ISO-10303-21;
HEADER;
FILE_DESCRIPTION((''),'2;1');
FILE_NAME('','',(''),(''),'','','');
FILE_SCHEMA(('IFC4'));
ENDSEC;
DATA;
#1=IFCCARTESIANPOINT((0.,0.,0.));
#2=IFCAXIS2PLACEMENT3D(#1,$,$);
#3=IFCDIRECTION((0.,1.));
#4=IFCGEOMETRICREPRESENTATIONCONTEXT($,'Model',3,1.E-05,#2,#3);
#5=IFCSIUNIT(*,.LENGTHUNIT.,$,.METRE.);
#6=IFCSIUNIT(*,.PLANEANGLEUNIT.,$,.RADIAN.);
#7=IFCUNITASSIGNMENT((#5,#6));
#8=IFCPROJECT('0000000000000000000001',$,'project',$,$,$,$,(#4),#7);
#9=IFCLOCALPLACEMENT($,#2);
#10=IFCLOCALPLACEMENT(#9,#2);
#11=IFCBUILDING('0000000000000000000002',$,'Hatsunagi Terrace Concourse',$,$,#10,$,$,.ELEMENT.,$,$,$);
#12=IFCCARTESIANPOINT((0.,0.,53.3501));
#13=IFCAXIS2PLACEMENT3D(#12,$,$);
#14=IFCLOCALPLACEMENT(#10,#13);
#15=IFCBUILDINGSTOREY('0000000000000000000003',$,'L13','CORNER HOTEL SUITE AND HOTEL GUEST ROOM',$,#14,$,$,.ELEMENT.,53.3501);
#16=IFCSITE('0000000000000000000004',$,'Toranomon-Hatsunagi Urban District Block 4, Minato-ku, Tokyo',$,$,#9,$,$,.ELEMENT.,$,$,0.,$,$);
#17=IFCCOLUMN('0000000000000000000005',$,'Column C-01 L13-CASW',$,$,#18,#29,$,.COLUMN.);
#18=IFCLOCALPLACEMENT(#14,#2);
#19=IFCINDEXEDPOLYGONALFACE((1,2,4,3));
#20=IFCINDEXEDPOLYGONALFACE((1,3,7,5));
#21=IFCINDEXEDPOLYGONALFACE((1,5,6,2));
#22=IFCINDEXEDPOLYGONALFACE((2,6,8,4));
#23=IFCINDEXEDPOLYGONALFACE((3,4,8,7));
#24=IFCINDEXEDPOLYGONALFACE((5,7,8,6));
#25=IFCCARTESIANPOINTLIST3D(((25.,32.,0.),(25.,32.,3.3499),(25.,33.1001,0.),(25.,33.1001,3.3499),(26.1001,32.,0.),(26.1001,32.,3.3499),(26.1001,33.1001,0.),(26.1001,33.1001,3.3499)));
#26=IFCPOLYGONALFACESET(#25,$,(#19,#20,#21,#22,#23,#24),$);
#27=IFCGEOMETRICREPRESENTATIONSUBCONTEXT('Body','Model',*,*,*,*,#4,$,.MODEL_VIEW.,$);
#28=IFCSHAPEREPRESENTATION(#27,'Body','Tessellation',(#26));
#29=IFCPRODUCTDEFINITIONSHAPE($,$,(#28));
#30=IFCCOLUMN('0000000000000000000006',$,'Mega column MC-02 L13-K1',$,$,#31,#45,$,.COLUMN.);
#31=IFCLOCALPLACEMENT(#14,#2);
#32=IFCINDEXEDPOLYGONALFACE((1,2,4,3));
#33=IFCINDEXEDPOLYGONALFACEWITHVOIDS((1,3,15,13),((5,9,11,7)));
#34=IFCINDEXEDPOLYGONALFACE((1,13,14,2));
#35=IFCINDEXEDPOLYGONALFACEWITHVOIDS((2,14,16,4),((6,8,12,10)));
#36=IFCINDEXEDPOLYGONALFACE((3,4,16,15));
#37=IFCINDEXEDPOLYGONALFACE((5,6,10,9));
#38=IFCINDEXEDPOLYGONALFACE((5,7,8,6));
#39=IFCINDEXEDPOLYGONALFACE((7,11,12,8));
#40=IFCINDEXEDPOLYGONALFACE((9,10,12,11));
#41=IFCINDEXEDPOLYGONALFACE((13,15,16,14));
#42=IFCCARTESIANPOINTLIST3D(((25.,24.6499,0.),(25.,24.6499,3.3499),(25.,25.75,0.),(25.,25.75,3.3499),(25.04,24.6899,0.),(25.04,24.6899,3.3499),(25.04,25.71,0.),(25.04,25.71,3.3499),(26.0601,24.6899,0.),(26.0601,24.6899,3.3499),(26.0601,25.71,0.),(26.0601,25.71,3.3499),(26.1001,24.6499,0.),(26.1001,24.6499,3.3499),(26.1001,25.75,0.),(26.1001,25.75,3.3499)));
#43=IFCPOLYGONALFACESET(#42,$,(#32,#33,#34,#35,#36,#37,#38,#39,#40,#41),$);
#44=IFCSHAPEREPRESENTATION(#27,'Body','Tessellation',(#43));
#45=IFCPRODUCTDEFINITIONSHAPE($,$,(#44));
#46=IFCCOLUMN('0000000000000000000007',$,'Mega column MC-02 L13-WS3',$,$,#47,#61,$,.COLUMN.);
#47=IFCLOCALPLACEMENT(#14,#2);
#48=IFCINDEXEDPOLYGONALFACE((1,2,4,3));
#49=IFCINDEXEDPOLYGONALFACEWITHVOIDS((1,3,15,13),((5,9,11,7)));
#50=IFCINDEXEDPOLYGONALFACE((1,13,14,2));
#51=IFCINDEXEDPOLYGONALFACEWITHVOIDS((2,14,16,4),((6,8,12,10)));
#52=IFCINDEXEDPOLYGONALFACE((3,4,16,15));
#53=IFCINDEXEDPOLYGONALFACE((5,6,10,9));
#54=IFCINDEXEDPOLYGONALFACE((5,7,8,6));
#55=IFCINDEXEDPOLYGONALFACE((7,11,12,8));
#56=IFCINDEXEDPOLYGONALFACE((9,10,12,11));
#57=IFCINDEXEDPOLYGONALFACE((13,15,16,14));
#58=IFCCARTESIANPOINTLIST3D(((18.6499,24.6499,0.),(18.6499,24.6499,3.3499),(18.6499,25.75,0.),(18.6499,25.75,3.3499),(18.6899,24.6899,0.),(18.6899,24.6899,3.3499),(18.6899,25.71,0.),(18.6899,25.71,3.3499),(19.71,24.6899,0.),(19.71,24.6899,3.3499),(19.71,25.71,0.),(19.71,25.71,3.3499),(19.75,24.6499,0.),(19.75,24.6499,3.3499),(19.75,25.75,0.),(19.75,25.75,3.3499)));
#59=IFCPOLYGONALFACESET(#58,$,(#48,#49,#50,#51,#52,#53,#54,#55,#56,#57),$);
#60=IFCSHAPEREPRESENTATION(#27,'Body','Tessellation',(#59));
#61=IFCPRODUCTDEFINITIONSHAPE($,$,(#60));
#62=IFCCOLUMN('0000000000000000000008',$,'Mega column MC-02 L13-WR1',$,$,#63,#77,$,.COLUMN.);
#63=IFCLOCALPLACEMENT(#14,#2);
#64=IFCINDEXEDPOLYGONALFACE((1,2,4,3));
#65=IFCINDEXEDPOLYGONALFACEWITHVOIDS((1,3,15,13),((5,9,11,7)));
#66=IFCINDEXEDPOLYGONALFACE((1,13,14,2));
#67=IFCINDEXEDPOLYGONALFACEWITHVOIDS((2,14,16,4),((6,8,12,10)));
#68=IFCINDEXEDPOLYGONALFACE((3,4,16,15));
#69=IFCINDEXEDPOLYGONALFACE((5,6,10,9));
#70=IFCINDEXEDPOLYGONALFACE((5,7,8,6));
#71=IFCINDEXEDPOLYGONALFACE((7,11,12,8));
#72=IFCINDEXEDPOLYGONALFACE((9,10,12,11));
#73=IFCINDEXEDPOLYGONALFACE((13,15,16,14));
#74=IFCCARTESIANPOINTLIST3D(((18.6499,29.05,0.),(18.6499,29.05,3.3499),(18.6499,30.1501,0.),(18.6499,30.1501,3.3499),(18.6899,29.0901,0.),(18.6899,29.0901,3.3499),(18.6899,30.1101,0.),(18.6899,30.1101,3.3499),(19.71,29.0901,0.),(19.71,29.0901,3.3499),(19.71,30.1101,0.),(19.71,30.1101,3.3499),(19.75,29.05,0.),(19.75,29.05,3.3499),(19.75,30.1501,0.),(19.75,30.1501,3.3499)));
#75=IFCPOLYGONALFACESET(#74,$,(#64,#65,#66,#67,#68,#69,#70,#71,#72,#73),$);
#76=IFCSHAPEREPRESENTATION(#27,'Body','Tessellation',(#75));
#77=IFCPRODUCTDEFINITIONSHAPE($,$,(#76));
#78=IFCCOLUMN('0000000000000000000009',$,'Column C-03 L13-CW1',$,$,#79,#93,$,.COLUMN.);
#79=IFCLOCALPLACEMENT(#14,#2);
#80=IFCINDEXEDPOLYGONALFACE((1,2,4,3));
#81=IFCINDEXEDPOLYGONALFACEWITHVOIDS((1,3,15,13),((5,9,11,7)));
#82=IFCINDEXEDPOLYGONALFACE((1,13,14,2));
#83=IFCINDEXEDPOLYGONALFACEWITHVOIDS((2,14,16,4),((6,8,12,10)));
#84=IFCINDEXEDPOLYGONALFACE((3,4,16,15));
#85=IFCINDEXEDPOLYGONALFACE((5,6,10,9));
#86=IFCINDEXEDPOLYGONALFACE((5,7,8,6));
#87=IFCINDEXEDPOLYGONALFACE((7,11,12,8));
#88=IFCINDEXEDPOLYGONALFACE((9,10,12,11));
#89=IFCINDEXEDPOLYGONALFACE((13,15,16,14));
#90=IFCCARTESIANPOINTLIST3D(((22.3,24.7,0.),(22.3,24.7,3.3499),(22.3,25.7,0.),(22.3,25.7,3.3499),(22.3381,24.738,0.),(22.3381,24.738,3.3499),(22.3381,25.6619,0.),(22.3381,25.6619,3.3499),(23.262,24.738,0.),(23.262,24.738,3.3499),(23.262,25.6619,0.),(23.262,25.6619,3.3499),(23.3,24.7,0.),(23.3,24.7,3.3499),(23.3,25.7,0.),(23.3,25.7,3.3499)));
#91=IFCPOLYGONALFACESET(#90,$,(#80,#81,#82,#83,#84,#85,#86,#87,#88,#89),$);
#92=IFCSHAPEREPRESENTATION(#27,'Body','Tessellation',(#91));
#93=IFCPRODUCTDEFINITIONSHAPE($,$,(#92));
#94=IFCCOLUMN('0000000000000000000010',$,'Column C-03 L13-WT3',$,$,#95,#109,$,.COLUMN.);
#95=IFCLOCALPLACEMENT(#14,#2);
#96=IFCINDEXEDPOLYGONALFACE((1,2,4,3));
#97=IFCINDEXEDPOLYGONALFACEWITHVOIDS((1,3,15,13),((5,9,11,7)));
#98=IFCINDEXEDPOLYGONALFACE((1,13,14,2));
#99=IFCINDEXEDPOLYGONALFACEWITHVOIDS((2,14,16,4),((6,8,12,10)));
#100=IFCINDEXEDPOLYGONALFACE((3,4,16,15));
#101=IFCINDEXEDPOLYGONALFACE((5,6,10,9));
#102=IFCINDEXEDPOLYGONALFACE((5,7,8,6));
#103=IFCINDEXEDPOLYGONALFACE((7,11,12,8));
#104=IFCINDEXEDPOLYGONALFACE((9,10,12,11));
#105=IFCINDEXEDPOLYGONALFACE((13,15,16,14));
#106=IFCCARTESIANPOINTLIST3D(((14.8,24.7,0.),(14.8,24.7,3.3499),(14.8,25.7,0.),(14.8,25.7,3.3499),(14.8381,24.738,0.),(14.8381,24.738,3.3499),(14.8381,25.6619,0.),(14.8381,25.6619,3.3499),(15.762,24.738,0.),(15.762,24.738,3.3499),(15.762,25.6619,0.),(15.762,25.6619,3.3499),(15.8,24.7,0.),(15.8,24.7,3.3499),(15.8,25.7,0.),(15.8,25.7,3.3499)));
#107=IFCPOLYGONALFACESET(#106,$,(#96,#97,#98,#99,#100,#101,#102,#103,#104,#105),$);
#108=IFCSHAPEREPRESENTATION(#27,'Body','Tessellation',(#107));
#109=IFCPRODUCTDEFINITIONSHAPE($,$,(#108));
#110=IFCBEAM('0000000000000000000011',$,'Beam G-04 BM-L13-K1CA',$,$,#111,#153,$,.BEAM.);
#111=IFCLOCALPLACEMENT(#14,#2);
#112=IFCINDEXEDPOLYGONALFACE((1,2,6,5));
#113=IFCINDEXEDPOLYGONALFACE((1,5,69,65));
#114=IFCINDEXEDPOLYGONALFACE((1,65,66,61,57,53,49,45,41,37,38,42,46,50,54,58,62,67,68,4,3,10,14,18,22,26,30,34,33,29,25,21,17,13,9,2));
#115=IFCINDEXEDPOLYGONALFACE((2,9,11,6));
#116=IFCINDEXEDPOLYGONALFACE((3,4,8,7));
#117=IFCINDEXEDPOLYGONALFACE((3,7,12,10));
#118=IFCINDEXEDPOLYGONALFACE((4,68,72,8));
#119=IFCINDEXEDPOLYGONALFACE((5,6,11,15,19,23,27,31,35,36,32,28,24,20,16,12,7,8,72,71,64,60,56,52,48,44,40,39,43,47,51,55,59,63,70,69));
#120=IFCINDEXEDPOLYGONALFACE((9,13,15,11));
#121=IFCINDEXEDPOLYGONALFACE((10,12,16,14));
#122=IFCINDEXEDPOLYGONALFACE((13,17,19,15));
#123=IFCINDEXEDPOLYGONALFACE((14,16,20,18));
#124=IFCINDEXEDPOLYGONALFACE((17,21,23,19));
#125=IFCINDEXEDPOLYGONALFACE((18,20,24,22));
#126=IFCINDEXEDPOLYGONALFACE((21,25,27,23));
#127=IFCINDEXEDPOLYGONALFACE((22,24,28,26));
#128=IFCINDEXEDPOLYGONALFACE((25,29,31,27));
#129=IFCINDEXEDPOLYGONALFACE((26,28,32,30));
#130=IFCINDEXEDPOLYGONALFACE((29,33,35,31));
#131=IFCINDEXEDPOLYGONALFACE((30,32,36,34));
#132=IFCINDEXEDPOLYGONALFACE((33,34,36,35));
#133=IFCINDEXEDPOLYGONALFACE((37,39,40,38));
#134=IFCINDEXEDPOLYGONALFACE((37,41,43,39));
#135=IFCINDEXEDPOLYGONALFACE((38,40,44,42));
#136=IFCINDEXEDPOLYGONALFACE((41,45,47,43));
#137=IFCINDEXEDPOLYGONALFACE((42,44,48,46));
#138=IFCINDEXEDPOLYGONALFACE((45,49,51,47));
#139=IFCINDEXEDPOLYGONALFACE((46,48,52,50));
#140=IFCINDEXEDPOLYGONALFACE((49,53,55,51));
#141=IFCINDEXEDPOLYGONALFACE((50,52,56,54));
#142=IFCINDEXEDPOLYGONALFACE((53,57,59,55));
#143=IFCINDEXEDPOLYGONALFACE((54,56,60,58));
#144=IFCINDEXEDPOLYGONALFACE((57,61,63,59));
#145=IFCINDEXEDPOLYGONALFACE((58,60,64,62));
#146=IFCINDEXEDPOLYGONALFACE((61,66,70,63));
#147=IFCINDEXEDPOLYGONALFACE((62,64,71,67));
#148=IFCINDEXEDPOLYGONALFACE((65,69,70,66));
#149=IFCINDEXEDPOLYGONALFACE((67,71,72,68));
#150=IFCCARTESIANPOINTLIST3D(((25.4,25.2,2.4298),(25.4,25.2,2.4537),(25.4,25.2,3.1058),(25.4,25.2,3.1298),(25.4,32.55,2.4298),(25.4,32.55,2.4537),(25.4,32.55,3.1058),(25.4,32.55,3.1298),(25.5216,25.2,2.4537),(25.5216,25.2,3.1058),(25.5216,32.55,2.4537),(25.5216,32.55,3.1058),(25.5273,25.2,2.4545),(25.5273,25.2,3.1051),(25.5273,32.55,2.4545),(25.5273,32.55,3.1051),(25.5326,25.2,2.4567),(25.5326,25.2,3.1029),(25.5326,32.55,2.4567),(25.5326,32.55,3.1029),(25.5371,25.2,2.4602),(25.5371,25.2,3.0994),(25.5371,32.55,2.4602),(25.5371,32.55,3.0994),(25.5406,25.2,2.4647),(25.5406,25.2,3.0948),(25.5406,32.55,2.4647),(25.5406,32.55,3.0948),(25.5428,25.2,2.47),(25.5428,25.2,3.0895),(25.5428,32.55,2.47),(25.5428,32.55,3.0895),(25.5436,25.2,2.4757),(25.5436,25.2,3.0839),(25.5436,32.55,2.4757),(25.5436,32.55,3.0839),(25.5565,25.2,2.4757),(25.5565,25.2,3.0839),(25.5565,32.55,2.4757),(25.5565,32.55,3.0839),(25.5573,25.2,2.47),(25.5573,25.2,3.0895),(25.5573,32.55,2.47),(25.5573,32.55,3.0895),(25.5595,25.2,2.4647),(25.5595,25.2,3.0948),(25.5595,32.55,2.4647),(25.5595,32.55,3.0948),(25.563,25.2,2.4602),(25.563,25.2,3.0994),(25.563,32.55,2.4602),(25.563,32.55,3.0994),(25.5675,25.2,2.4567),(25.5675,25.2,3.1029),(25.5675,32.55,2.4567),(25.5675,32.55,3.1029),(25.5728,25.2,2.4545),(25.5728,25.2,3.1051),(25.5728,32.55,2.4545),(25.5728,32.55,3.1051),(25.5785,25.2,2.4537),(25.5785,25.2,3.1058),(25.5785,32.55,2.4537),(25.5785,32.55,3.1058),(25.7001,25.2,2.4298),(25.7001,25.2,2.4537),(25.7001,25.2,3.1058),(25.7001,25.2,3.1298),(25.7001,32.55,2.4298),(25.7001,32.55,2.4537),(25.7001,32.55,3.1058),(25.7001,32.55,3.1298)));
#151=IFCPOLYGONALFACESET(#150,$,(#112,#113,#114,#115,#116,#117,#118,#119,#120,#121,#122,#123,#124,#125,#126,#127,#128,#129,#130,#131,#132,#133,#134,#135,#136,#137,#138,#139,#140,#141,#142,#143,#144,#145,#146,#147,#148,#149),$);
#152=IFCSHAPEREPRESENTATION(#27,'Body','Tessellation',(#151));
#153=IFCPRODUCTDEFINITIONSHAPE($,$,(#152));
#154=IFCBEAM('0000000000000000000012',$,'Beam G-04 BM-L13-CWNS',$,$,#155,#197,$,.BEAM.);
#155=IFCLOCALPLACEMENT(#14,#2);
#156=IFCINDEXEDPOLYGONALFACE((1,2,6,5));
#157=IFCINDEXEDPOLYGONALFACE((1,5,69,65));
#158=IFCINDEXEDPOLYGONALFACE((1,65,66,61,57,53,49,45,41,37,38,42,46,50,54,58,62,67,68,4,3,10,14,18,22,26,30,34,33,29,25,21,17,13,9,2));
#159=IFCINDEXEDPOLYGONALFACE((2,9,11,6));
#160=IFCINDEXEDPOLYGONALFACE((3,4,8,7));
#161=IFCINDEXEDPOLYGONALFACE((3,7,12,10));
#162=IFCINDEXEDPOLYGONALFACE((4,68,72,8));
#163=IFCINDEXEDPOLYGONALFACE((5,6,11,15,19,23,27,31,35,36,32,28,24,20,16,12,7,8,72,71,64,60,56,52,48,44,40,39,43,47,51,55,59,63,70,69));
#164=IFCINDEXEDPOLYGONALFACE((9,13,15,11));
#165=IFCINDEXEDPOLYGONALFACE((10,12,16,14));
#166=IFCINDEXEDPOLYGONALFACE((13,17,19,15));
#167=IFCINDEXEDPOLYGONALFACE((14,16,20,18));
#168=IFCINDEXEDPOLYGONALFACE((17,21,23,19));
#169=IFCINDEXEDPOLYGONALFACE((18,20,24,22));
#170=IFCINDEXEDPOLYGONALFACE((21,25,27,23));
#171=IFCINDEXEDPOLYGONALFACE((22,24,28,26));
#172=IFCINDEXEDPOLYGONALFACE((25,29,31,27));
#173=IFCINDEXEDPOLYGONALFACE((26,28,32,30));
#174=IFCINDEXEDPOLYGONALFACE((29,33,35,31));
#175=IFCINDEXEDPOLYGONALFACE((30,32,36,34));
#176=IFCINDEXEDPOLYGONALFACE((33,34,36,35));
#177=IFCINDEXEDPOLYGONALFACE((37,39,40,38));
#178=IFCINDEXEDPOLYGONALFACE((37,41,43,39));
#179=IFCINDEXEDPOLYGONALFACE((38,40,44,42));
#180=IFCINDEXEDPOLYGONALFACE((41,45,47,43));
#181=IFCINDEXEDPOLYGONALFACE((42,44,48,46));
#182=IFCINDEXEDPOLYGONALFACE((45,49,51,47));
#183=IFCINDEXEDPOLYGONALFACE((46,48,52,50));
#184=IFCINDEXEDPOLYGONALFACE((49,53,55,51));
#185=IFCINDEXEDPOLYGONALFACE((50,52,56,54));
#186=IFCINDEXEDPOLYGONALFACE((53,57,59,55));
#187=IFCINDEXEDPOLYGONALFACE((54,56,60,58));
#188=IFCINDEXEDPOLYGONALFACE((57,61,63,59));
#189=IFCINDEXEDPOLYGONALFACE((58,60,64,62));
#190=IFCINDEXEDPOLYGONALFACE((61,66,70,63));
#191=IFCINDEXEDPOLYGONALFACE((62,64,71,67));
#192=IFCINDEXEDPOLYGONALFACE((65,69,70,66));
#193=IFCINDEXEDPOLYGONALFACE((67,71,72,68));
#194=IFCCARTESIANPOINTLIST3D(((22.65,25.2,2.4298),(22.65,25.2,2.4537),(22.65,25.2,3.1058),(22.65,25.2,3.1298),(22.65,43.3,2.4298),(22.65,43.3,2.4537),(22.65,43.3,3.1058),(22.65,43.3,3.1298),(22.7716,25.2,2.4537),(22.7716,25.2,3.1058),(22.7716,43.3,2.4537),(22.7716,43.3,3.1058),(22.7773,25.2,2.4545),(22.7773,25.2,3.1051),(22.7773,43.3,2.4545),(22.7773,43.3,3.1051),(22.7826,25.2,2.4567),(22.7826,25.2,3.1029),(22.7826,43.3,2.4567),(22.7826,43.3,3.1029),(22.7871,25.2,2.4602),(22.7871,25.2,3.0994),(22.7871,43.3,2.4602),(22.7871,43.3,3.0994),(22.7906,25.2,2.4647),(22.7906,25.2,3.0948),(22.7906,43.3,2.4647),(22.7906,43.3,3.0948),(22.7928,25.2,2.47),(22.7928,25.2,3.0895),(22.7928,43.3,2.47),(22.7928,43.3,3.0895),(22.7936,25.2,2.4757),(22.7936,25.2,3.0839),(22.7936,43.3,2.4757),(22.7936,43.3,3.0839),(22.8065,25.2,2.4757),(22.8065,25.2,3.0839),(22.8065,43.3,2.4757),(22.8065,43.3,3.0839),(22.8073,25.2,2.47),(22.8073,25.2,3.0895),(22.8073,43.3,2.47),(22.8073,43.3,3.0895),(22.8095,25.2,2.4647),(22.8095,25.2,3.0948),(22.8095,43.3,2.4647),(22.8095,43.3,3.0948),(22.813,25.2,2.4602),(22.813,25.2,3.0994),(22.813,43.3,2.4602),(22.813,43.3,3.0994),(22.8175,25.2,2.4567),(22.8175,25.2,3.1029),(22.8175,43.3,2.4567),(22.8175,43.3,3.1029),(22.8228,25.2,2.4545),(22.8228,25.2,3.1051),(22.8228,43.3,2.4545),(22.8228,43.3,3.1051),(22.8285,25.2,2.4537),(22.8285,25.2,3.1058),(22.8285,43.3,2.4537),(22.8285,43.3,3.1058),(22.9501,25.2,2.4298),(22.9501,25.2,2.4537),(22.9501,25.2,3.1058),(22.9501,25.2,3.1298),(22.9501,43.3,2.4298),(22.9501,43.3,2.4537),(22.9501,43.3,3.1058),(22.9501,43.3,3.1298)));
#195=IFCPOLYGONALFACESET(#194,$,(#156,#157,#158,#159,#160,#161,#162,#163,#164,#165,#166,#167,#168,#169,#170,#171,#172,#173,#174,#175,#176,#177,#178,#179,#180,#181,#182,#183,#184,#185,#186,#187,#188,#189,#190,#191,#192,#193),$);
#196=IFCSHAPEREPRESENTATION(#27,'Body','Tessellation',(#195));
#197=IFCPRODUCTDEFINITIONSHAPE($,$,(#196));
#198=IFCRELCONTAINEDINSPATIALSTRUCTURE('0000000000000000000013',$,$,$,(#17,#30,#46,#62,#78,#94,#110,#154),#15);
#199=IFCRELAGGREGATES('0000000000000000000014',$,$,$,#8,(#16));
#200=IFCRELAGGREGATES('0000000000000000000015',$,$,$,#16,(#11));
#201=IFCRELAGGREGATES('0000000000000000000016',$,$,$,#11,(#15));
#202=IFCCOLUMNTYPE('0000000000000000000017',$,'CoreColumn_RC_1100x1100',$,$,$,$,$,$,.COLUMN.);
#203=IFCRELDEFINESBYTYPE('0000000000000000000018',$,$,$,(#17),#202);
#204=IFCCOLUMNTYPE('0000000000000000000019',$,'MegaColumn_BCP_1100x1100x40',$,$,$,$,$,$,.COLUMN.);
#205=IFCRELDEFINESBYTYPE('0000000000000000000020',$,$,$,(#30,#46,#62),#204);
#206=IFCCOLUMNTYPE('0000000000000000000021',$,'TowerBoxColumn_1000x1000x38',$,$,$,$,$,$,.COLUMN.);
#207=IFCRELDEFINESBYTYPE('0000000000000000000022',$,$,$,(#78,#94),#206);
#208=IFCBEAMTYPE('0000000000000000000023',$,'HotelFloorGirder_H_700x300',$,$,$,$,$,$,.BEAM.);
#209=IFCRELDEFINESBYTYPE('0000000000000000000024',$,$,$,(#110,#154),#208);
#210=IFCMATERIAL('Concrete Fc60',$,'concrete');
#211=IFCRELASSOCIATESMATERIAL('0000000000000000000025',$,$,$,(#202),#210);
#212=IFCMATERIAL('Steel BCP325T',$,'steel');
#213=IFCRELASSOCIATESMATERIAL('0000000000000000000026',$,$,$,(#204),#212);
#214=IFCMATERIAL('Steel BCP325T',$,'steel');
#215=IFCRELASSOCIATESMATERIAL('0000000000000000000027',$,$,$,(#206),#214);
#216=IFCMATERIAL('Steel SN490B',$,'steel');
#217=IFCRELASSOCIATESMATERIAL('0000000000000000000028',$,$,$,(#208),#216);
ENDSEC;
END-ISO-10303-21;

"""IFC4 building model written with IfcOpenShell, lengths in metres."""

from ifc_helpers import new_model, si_unit, direction, frame, origin, origin_2d, place, context, subcontext, project, spatial, rectangle, hollow_rectangle, i_section, extrude, material, material_profile, profile_set, type_object, element, save


model = new_model("IFC4")

# Units and contexts
model_context = context("Model", 3, precision=1e-05, world=origin(), true_north=direction((0.0, 1.0)))
body_context = subcontext(model_context, "Body", "Model", "MODEL_VIEW")
ifc_project = project(units=[si_unit("LENGTHUNIT", "METRE"), si_unit("PLANEANGLEUNIT", "RADIAN")], contexts=[model_context])

# Site, building, storey
site_placement = place(None, origin())
site = spatial("IfcSite", under=ifc_project, at=site_placement, Name="Toranomon-Hatsunagi Urban District Block 4, Minato-ku, Tokyo", CompositionType="ELEMENT", RefElevation=0.0)
building_placement = place(site_placement, origin())
building = spatial("IfcBuilding", under=site, at=building_placement, Name="Hatsunagi Terrace Concourse", CompositionType="ELEMENT")
storey_placement = place(building_placement, frame((0.0, 0.0, 53.3501)))
storey = spatial("IfcBuildingStorey", under=building, at=storey_placement, Name="L13", Description="CORNER HOTEL SUITE AND HOTEL GUEST ROOM", CompositionType="ELEMENT", Elevation=53.3501)

# Columns
ifc_material_1 = material(Name="Concrete Fc60", Category="concrete")
ifc_material_profile_1 = material_profile(ifc_material_1, rectangle(XDim=1.1001, YDim=1.1001, at=origin_2d()), Name="RC-1100x1100")
ifc_profile_set_1 = profile_set([ifc_material_profile_1], Name="Concrete Fc60")
column_type_1 = type_object("IfcColumnType", Name="CoreColumn_RC_1100x1100", PredefinedType="COLUMN", material=ifc_profile_set_1)
column_placement = place(storey_placement, frame((25.55, 32.55, 0.0), z_axis=(0.0, 0.0, 1.0), x_axis=(1.0, 0.0, 0.0)))
element("IfcColumn", 1, at=column_placement, inside=storey, type_object=column_type_1, Name="Column C-01 L13-CASW", PredefinedType="COLUMN", context=body_context, shape_type="SweptSolid", body=[
    extrude(rectangle(XDim=1.1001, YDim=1.1001, at=origin_2d()), origin(), (0.0, 0.0, 1.0), 3.3499),
])
ifc_material_2 = material(Name="Steel BCP325T", Category="steel")
ifc_material_profile_2 = material_profile(ifc_material_2, hollow_rectangle(XDim=1.1001, YDim=1.1001, WallThickness=0.04, at=origin_2d()), Name="BCP-1100x1100x40")
ifc_profile_set_2 = profile_set([ifc_material_profile_2], Name="Steel BCP325T")
column_type_2 = type_object("IfcColumnType", Name="MegaColumn_BCP_1100x1100x40", PredefinedType="COLUMN", material=ifc_profile_set_2)
for number, where, z_axis, x_axis, name in (
    (2, (25.55, 25.2, 0.0), (0.0, 0.0, 1.0), (1.0, 0.0, 0.0), "Mega column MC-02 L13-K1"),
    (3, (19.2, 25.2, 0.0), (0.0, 0.0, 1.0), (1.0, 0.0, 0.0), "Mega column MC-02 L13-WS3"),
    (4, (19.2, 29.6001, 0.0), (0.0, 0.0, 1.0), (1.0, 0.0, 0.0), "Mega column MC-02 L13-WR1"),
):
    element("IfcColumn", number, at=place(storey_placement, frame(where, z_axis=z_axis, x_axis=x_axis)), inside=storey, type_object=column_type_2, Name=name, PredefinedType="COLUMN", context=body_context, shape_type="SweptSolid", body=[
        extrude(hollow_rectangle(XDim=1.1001, YDim=1.1001, WallThickness=0.04, at=origin_2d()), origin(), (0.0, 0.0, 1.0), 3.3499),
    ])
ifc_material_3 = material(Name="Steel BCP325T", Category="steel")
ifc_material_profile_3 = material_profile(ifc_material_3, hollow_rectangle(XDim=1.0, YDim=1.0, WallThickness=0.0381, at=origin_2d()), Name="BCP-1000x1000x38")
ifc_profile_set_3 = profile_set([ifc_material_profile_3], Name="Steel BCP325T")
column_type_3 = type_object("IfcColumnType", Name="TowerBoxColumn_1000x1000x38", PredefinedType="COLUMN", material=ifc_profile_set_3)
for number, where, z_axis, x_axis, name in (
    (5, (22.8, 25.2, 0.0), (0.0, 0.0, 1.0), (1.0, 0.0, 0.0), "Column C-03 L13-CW1"),
    (6, (15.3, 25.2, 0.0), (0.0, 0.0, 1.0), (1.0, 0.0, 0.0), "Column C-03 L13-WT3"),
):
    element("IfcColumn", number, at=place(storey_placement, frame(where, z_axis=z_axis, x_axis=x_axis)), inside=storey, type_object=column_type_3, Name=name, PredefinedType="COLUMN", context=body_context, shape_type="SweptSolid", body=[
        extrude(hollow_rectangle(XDim=1.0, YDim=1.0, WallThickness=0.0381, at=origin_2d()), origin(), (0.0, 0.0, 1.0), 3.3499),
    ])

# Beams
ifc_material_4 = material(Name="Steel SN490B", Category="steel")
ifc_material_profile_4 = material_profile(ifc_material_4, i_section(OverallWidth=0.3, OverallDepth=0.7, WebThickness=0.0129, FlangeThickness=0.0239, FilletRadius=0.022, at=origin_2d()), Name="H-700x300x13x24")
ifc_profile_set_4 = profile_set([ifc_material_profile_4], Name="Steel SN490B")
beam_type_1 = type_object("IfcBeamType", Name="HotelFloorGirder_H_700x300", PredefinedType="BEAM", material=ifc_profile_set_4)
beam_1_placement = place(storey_placement, frame((25.55, 25.2, 2.7798), z_axis=(0.0, 1.0, 0.0), x_axis=(-1.0, 0.0, 0.0)))
element("IfcBeam", 7, at=beam_1_placement, inside=storey, type_object=beam_type_1, Name="Beam G-04 BM-L13-K1CA", PredefinedType="BEAM", context=body_context, shape_type="SweptSolid", body=[
    extrude(i_section(OverallWidth=0.3, OverallDepth=0.7, WebThickness=0.0129, FlangeThickness=0.0239, FilletRadius=0.022, at=origin_2d()), origin(), (0.0, 0.0, 1.0), 7.3501),
])
beam_2_placement = place(storey_placement, frame((22.8, 25.2, 2.7798), z_axis=(0.0, 1.0, 0.0), x_axis=(-1.0, 0.0, 0.0)))
element("IfcBeam", 8, at=beam_2_placement, inside=storey, type_object=beam_type_1, Name="Beam G-04 BM-L13-CWNS", PredefinedType="BEAM", context=body_context, shape_type="SweptSolid", body=[
    extrude(i_section(OverallWidth=0.3, OverallDepth=0.7, WebThickness=0.0129, FlangeThickness=0.0239, FilletRadius=0.022, at=origin_2d()), origin(), (0.0, 0.0, 1.0), 18.1001),
])

save(model, "model.ifc")
